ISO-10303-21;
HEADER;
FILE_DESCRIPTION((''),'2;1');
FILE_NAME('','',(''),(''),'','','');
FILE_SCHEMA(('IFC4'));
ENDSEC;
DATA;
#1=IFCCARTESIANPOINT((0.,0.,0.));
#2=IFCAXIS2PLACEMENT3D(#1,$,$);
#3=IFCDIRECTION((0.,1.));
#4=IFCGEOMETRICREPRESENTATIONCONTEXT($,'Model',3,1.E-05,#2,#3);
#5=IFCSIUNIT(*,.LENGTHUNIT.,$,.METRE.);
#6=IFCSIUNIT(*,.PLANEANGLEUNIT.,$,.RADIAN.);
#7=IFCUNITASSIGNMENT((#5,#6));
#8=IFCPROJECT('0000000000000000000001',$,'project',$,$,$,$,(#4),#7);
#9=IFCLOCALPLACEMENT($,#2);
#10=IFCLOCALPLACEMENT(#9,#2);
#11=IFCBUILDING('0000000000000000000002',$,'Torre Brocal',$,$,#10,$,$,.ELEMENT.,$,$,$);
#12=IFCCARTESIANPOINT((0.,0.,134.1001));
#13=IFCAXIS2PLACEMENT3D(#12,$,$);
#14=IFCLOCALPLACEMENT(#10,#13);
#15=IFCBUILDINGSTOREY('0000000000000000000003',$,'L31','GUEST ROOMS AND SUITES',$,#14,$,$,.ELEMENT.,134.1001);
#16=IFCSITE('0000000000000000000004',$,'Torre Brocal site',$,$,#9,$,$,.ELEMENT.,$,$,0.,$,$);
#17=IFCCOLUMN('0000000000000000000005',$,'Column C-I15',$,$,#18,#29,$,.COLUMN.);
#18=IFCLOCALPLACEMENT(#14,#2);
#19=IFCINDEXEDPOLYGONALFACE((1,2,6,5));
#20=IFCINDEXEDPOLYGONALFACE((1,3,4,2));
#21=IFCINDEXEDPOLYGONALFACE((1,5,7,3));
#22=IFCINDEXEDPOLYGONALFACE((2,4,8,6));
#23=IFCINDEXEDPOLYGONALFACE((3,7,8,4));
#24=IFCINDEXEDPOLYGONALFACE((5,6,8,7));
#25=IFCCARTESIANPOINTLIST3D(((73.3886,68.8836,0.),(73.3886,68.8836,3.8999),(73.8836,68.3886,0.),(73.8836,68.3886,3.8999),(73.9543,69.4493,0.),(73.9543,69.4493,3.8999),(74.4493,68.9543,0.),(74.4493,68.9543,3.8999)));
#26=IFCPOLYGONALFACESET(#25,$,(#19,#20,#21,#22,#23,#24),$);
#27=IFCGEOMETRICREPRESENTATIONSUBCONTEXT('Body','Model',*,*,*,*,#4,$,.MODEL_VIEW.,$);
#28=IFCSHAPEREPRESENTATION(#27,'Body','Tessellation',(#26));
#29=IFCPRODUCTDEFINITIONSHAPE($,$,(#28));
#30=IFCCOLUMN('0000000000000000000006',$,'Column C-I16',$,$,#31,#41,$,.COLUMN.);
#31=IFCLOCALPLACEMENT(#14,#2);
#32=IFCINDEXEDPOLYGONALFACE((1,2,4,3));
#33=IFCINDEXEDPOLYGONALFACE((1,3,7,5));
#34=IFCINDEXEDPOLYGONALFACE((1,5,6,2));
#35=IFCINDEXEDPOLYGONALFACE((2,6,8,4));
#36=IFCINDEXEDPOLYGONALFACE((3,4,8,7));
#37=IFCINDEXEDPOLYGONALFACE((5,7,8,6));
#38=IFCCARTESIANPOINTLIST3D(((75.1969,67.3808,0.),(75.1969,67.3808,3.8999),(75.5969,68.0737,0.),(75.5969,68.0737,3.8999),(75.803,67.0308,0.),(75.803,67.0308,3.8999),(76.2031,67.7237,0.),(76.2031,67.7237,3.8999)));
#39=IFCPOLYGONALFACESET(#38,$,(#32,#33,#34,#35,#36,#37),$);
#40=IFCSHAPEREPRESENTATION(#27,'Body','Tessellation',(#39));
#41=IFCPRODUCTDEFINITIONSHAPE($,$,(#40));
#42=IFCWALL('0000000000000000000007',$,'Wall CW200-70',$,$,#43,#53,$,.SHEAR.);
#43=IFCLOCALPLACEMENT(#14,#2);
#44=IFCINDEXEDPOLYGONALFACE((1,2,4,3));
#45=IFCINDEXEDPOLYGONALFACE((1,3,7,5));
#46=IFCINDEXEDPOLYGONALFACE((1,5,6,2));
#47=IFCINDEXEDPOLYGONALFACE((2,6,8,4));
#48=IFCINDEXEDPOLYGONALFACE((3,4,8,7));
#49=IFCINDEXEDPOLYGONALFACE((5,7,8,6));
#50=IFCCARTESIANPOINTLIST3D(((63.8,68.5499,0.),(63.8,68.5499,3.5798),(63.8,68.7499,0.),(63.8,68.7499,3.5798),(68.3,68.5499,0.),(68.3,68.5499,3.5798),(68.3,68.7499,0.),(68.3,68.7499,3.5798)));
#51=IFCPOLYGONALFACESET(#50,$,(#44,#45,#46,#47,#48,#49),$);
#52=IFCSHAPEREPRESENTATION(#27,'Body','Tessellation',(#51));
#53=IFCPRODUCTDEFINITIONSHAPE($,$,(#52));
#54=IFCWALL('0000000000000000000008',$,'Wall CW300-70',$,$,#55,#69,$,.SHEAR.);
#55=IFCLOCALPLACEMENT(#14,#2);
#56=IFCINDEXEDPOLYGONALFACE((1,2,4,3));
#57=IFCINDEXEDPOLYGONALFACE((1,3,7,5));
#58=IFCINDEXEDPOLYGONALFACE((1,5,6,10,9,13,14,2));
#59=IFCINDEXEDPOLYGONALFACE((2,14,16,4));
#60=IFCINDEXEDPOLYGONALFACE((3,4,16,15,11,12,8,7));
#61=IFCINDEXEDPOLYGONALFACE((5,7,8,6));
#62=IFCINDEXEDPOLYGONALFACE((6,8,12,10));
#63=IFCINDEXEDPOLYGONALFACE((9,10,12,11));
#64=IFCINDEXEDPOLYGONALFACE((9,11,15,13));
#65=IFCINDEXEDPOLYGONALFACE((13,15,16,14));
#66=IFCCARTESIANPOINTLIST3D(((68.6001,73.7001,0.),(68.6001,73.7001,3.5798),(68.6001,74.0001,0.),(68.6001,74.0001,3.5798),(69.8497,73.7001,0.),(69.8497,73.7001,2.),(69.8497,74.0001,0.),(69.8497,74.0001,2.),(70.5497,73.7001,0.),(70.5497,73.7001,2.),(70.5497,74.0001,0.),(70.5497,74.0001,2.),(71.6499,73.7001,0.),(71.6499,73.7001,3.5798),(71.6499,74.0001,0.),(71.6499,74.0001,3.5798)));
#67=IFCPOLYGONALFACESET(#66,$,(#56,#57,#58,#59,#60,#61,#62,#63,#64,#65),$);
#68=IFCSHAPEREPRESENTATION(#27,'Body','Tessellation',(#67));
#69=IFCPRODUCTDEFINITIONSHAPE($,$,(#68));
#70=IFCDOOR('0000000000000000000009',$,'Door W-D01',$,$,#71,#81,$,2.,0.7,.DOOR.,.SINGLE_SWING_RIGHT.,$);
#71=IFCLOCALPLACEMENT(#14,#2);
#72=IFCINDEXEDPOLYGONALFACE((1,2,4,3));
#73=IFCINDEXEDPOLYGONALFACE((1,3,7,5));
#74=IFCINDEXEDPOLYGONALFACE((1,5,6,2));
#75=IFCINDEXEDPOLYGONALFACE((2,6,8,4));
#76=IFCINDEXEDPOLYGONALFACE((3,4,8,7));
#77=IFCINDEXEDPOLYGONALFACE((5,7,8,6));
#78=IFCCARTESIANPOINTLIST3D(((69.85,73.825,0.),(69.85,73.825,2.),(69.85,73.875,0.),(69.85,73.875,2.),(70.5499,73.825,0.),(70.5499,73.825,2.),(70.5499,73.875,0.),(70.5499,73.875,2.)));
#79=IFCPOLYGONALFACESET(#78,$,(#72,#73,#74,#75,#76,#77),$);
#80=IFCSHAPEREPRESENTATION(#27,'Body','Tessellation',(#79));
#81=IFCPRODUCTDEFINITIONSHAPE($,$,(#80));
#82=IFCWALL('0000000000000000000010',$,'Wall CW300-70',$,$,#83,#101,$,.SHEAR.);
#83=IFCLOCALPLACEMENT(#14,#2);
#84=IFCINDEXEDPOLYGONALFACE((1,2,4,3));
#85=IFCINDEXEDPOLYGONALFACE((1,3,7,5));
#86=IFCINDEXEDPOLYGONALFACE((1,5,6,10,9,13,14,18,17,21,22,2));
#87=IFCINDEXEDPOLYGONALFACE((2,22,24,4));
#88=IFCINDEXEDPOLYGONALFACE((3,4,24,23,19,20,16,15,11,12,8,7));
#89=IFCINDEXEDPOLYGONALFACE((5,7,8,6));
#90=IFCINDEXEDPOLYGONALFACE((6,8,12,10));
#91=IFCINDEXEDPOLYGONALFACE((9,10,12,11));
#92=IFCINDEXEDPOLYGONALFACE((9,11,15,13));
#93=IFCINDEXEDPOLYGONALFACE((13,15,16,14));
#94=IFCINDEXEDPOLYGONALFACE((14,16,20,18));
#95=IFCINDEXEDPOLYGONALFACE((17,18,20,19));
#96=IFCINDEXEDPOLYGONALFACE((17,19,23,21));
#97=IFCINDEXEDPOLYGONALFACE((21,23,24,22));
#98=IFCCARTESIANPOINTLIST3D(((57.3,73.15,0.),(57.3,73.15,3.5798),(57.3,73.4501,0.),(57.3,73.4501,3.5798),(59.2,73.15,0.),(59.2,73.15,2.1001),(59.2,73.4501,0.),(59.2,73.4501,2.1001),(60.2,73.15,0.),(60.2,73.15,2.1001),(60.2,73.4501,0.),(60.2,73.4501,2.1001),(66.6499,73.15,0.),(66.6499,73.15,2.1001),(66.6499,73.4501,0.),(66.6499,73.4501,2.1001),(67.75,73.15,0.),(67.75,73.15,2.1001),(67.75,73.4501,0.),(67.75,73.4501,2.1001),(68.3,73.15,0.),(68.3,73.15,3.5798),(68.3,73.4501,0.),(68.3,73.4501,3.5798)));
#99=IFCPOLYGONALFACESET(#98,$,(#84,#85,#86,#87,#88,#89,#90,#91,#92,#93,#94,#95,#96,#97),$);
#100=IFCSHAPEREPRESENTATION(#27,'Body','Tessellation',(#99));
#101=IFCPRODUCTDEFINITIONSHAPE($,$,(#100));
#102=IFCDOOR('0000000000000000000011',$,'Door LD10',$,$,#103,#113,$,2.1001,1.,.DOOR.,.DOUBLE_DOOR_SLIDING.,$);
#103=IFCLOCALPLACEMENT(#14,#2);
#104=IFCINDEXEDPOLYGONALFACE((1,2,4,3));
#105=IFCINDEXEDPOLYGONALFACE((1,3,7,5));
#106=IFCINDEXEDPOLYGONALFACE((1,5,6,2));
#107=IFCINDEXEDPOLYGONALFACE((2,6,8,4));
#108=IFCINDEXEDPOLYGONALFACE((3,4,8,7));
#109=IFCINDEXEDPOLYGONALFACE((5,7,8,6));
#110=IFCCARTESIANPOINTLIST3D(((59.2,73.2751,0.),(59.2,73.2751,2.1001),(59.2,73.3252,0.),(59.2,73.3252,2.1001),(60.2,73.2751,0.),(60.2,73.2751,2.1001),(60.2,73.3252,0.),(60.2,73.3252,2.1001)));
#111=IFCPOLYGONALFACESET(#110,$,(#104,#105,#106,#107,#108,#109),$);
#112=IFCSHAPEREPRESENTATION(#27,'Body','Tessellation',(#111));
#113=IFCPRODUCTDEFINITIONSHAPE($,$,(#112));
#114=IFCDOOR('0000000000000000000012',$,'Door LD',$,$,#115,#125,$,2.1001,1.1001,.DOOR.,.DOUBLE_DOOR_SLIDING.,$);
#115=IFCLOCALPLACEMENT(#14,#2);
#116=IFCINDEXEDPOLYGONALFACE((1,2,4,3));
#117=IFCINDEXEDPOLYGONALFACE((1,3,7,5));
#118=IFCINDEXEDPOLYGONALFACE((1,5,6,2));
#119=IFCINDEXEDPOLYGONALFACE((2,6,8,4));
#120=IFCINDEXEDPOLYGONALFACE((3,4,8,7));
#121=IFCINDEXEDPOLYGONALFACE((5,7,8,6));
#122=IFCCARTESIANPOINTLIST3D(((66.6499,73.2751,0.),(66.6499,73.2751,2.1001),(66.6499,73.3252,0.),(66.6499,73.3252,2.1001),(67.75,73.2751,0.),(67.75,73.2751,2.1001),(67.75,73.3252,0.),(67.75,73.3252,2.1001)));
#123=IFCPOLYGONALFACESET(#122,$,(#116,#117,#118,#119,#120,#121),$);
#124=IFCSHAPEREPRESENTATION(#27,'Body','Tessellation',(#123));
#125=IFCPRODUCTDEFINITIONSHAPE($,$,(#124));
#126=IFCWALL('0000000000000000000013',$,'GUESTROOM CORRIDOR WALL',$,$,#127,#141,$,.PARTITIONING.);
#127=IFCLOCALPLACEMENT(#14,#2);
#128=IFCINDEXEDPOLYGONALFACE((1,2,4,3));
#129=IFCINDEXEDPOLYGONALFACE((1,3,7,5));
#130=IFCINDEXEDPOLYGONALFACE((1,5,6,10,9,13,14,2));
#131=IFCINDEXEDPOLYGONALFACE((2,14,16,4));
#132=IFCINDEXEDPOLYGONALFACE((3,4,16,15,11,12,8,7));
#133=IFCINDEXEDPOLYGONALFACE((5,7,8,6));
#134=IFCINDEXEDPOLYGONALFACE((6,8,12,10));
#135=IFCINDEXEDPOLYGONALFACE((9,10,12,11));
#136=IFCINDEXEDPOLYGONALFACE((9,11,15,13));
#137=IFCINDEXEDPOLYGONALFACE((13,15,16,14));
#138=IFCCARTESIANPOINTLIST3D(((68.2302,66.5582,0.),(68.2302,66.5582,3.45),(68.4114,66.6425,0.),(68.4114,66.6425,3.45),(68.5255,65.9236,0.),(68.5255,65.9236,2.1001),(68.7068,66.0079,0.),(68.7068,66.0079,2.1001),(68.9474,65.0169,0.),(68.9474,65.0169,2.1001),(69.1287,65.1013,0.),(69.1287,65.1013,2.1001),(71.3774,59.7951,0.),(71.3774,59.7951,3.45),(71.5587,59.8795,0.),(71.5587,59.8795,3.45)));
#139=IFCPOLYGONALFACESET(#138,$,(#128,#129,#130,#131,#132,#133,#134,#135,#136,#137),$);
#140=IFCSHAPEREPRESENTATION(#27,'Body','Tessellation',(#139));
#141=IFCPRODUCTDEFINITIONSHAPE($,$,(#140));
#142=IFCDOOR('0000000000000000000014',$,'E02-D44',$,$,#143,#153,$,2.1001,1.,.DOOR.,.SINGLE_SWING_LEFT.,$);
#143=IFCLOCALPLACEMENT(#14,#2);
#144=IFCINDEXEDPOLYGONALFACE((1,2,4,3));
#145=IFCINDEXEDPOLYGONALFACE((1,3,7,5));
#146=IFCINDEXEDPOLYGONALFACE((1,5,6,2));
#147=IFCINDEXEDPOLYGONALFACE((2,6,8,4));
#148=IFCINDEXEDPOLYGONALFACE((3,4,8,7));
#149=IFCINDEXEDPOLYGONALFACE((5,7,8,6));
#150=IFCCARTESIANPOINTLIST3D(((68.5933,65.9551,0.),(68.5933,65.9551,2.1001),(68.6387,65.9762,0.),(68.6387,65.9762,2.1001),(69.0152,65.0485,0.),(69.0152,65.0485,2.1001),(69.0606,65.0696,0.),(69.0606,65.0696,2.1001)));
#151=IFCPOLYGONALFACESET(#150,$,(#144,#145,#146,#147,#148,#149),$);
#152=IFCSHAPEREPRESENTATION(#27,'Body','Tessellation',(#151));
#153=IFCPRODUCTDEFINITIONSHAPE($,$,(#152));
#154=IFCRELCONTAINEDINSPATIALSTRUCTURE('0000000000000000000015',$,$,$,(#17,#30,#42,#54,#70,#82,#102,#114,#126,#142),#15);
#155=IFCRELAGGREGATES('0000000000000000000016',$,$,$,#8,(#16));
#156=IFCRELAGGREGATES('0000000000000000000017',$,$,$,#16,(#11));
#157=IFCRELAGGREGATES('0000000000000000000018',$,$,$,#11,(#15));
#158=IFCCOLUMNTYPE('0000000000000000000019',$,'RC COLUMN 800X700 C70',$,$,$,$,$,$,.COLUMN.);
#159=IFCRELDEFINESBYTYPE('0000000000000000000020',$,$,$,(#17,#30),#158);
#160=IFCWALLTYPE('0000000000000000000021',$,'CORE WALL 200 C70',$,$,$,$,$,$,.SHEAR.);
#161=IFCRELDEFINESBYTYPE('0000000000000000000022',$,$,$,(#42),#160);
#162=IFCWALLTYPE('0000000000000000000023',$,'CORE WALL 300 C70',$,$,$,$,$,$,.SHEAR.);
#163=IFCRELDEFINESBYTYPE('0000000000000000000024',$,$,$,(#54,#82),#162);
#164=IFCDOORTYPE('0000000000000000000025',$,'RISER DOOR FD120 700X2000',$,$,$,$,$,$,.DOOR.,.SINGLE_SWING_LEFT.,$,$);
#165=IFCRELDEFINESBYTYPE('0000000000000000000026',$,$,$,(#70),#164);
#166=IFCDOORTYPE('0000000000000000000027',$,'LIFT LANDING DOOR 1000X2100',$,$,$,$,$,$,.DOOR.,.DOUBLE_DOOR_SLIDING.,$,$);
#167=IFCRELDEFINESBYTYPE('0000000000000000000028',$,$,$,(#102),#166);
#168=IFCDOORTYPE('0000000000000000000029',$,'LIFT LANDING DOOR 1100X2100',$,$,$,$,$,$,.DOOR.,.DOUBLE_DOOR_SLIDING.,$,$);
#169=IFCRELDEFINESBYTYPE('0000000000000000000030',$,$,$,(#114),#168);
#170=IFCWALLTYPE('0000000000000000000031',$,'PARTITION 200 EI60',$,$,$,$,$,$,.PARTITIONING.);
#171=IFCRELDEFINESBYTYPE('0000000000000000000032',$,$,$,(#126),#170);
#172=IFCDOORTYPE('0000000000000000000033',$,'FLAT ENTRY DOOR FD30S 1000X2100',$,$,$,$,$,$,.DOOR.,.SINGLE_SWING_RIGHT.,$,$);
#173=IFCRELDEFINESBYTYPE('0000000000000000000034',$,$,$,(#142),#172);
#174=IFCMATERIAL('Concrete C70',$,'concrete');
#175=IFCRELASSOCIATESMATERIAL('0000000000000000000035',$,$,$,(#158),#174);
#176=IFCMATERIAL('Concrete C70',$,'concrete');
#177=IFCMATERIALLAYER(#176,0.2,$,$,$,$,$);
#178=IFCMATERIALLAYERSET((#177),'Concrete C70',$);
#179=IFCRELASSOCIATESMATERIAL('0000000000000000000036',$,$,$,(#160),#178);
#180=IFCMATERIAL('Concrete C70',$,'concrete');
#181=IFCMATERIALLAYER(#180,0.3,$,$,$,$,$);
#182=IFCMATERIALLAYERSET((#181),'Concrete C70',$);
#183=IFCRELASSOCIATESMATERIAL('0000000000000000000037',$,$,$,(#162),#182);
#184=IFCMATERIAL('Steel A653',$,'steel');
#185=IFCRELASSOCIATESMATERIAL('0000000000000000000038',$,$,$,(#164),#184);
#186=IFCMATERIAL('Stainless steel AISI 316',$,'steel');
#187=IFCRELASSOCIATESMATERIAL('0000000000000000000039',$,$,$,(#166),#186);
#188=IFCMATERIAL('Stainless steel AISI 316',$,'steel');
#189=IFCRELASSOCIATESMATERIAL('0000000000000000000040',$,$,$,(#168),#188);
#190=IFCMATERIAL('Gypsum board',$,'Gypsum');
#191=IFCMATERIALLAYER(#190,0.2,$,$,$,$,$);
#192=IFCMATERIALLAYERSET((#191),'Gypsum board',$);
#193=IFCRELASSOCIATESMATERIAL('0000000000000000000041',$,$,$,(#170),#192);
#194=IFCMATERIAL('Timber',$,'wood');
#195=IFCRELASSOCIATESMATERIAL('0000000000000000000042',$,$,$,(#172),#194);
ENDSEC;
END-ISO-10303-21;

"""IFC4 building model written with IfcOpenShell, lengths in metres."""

from ifc_helpers import new_model, si_unit, direction, frame, frame_2d, origin, origin_2d, place, context, subcontext, project, spatial, rectangle, extrude, material, layer, layer_set, material_profile, profile_set, type_object, element, fill, save


model = new_model("IFC4")

# Units and contexts
model_context = context("Model", 3, precision=1e-05, world=origin(), true_north=direction((0.0, 1.0)))
body_context = subcontext(model_context, "Body", "Model", "MODEL_VIEW")
ifc_project = project(units=[si_unit("LENGTHUNIT", "METRE"), si_unit("PLANEANGLEUNIT", "RADIAN")], contexts=[model_context])

# Site, building, storey
site_placement = place(None, origin())
site = spatial("IfcSite", under=ifc_project, at=site_placement, Name="Torre Brocal site", CompositionType="ELEMENT", RefElevation=0.0)
building_placement = place(site_placement, origin())
building = spatial("IfcBuilding", under=site, at=building_placement, Name="Torre Brocal", CompositionType="ELEMENT")
storey_placement = place(building_placement, frame((0.0, 0.0, 134.1001)))
storey = spatial("IfcBuildingStorey", under=building, at=storey_placement, Name="L31", Description="GUEST ROOMS AND SUITES", CompositionType="ELEMENT", Elevation=134.1001)

# Columns
ifc_material_1 = material(Name="Concrete C70", Category="concrete")
ifc_material_profile = material_profile(ifc_material_1, rectangle(XDim=0.8, YDim=0.7, at=origin_2d()), Name="RC 800X700")
ifc_profile_set = profile_set([ifc_material_profile], Name="Concrete C70")
column_type = type_object("IfcColumnType", Name="RC COLUMN 800X700 C70", PredefinedType="COLUMN", material=ifc_profile_set)
for number, where, z_axis, x_axis, name in (
    (1, (73.9189, 68.9189, 0.0), (0.0, 0.0, 1.0), (-0.707107, -0.707107, 0.0), "Column C-I15"),
    (2, (75.7, 67.5522, 0.0), (0.0, 0.0, 1.0), (-0.5, -0.866025, 0.0), "Column C-I16"),
):
    element("IfcColumn", number, at=place(storey_placement, frame(where, z_axis=z_axis, x_axis=x_axis)), inside=storey, type_object=column_type, Name=name, PredefinedType="COLUMN", context=body_context, shape_type="SweptSolid", body=[
        extrude(rectangle(XDim=0.8, YDim=0.7, at=origin_2d()), origin(), (0.0, 0.0, 1.0), 3.8999),
    ])

# Wall
ifc_material_2 = material(Name="Concrete C70", Category="concrete")
ifc_layer_1 = layer(ifc_material_2, 0.2)
ifc_layer_set_1 = layer_set([ifc_layer_1], Name="Concrete C70")
wall_type_1 = type_object("IfcWallType", Name="CORE WALL 200 C70", PredefinedType="SHEAR", material=ifc_layer_set_1)
wall_1_placement = place(storey_placement, frame((68.3, 68.6499, 0.0), z_axis=(0.0, 0.0, 1.0), x_axis=(-1.0, 0.0, 0.0)))
element("IfcWall", 3, at=wall_1_placement, inside=storey, type_object=wall_type_1, Name="Wall CW200-70", PredefinedType="SHEAR", context=body_context, shape_type="SweptSolid", body=[
    extrude(rectangle(XDim=4.5, YDim=0.2, at=frame_2d((2.25, 0.0))), origin(), (0.0, 0.0, 1.0), 3.5798),
])

# Wall, opening, door
ifc_material_3 = material(Name="Concrete C70", Category="concrete")
ifc_layer_2 = layer(ifc_material_3, 0.3)
ifc_layer_set_2 = layer_set([ifc_layer_2], Name="Concrete C70")
wall_type_2 = type_object("IfcWallType", Name="CORE WALL 300 C70", PredefinedType="SHEAR", material=ifc_layer_set_2)
wall_2_placement = place(storey_placement, frame((71.6499, 73.8501, 0.0), z_axis=(0.0, 0.0, 1.0), x_axis=(-1.0, 0.0, 0.0)))
wall_2 = element("IfcWall", 4, at=wall_2_placement, inside=storey, type_object=wall_type_2, Name="Wall CW300-70", PredefinedType="SHEAR", context=body_context, shape_type="SweptSolid", body=[
    extrude(rectangle(XDim=3.0498, YDim=0.3, at=frame_2d((1.5249, 0.0))), origin(), (0.0, 0.0, 1.0), 3.5798),
])
opening_1_placement = place(wall_2_placement, frame((1.1001, 0.0, 0.0)))
opening_1 = element("IfcOpeningElement", 5, at=opening_1_placement, cuts=wall_2, PredefinedType="OPENING", context=body_context, shape_type="SweptSolid", body=[
    extrude(rectangle(XDim=0.7, YDim=2.0, at=frame_2d((0.3501, 1.0))), frame((0.0, 0.1599, 0.0), z_axis=(0.0, -1.0, 0.0), x_axis=(1.0, 0.0, 0.0)), (0.0, 0.0, 1.0), 0.3201),
])
ifc_material_4 = material(Name="Steel A653", Category="steel")
door_type_1 = type_object("IfcDoorType", Name="RISER DOOR FD120 700X2000", OperationType="SINGLE_SWING_LEFT", PredefinedType="DOOR", material=ifc_material_4)
door_1_placement = place(opening_1_placement, frame((0.7, 0.0, 0.0), z_axis=(0.0, 0.0, 1.0), x_axis=(-1.0, 0.0, 0.0)))
door_1 = element("IfcDoor", 6, at=door_1_placement, inside=storey, type_object=door_type_1, Name="Door W-D01", OperationType="SINGLE_SWING_RIGHT", OverallHeight=2.0, OverallWidth=0.7, PredefinedType="DOOR", context=body_context, shape_type="SweptSolid", body=[
    extrude(rectangle(XDim=0.7, YDim=2.0, at=frame_2d((0.3501, 1.0))), frame((0.0, 0.0249, 0.0), z_axis=(0.0, -1.0, 0.0), x_axis=(1.0, 0.0, 0.0)), (0.0, 0.0, 1.0), 0.05),
])
fill(opening_1, door_1)

# Wall, openings, doors
wall_3_placement = place(storey_placement, frame((68.3, 73.3, 0.0), z_axis=(0.0, 0.0, 1.0), x_axis=(-1.0, 0.0, 0.0)))
wall_3 = element("IfcWall", 7, at=wall_3_placement, inside=storey, type_object=wall_type_2, Name="Wall CW300-70", PredefinedType="SHEAR", context=body_context, shape_type="SweptSolid", body=[
    extrude(rectangle(XDim=11.0, YDim=0.3, at=frame_2d((5.5, 0.0))), origin(), (0.0, 0.0, 1.0), 3.5798),
])
opening_2_placement = place(wall_3_placement, frame((0.55, 0.0, 0.0)))
opening_2 = element("IfcOpeningElement", 8, at=opening_2_placement, cuts=wall_3, PredefinedType="OPENING", context=body_context, shape_type="SweptSolid", body=[
    extrude(rectangle(XDim=1.1001, YDim=2.1001, at=frame_2d((0.55, 1.05))), frame((0.0, 0.1599, 0.0), z_axis=(0.0, -1.0, 0.0), x_axis=(1.0, 0.0, 0.0)), (0.0, 0.0, 1.0), 0.3201),
])
opening_3_placement = place(wall_3_placement, frame((8.1001, 0.0, 0.0)))
opening_3 = element("IfcOpeningElement", 9, at=opening_3_placement, cuts=wall_3, PredefinedType="OPENING", context=body_context, shape_type="SweptSolid", body=[
    extrude(rectangle(XDim=1.0, YDim=2.1001, at=frame_2d((0.5, 1.05))), frame((0.0, 0.1599, 0.0), z_axis=(0.0, -1.0, 0.0), x_axis=(1.0, 0.0, 0.0)), (0.0, 0.0, 1.0), 0.3201),
])
ifc_material_5 = material(Name="Stainless steel AISI 316", Category="steel")
door_type_2 = type_object("IfcDoorType", Name="LIFT LANDING DOOR 1000X2100", OperationType="DOUBLE_DOOR_SLIDING", PredefinedType="DOOR", material=ifc_material_5)
door_2_placement = place(opening_3_placement, origin())
door_2 = element("IfcDoor", 10, at=door_2_placement, inside=storey, type_object=door_type_2, Name="Door LD10", OperationType="DOUBLE_DOOR_SLIDING", OverallHeight=2.1001, OverallWidth=1.0, PredefinedType="DOOR", context=body_context, shape_type="SweptSolid", body=[
    extrude(rectangle(XDim=1.0, YDim=2.1001, at=frame_2d((0.5, 1.05))), frame((0.0, 0.0249, 0.0), z_axis=(0.0, -1.0, 0.0), x_axis=(1.0, 0.0, 0.0)), (0.0, 0.0, 1.0), 0.05),
])
fill(opening_3, door_2)
ifc_material_6 = material(Name="Stainless steel AISI 316", Category="steel")
door_type_3 = type_object("IfcDoorType", Name="LIFT LANDING DOOR 1100X2100", OperationType="DOUBLE_DOOR_SLIDING", PredefinedType="DOOR", material=ifc_material_6)
door_3_placement = place(opening_2_placement, origin())
door_3 = element("IfcDoor", 11, at=door_3_placement, inside=storey, type_object=door_type_3, Name="Door LD", OperationType="DOUBLE_DOOR_SLIDING", OverallHeight=2.1001, OverallWidth=1.1001, PredefinedType="DOOR", context=body_context, shape_type="SweptSolid", body=[
    extrude(rectangle(XDim=1.1001, YDim=2.1001, at=frame_2d((0.55, 1.05))), frame((0.0, 0.0249, 0.0), z_axis=(0.0, -1.0, 0.0), x_axis=(1.0, 0.0, 0.0)), (0.0, 0.0, 1.0), 0.05),
])
fill(opening_2, door_3)

# Wall, opening, door
ifc_material_7 = material(Name="Gypsum board", Category="Gypsum")
ifc_layer_3 = layer(ifc_material_7, 0.2)
ifc_layer_set_3 = layer_set([ifc_layer_3], Name="Gypsum board")
wall_type_3 = type_object("IfcWallType", Name="PARTITION 200 EI60", PredefinedType="PARTITIONING", material=ifc_layer_set_3)
wall_4_placement = place(storey_placement, frame((68.3208, 66.6003, 0.0), z_axis=(0.0, 0.0, 1.0), x_axis=(0.421914, -0.906636, 0.0)))
wall_4 = element("IfcWall", 12, at=wall_4_placement, inside=storey, type_object=wall_type_3, Name="GUESTROOM CORRIDOR WALL", PredefinedType="PARTITIONING", context=body_context, shape_type="SweptSolid", body=[
    extrude(rectangle(XDim=7.4595, YDim=0.2, at=frame_2d((3.7297, 0.0))), origin(), (0.0, 0.0, 1.0), 3.45),
])
opening_4_placement = place(wall_4_placement, frame((0.7, 0.0, 0.0)))
opening_4 = element("IfcOpeningElement", 13, at=opening_4_placement, cuts=wall_4, PredefinedType="OPENING", context=body_context, shape_type="SweptSolid", body=[
    extrude(rectangle(XDim=1.0, YDim=2.1001, at=frame_2d((0.5, 1.05))), frame((0.0, 0.1099, 0.0), z_axis=(0.0, -1.0, 0.0), x_axis=(1.0, 0.0, 0.0)), (0.0, 0.0, 1.0), 0.22),
])
ifc_material_8 = material(Name="Timber", Category="wood")
door_type_4 = type_object("IfcDoorType", Name="FLAT ENTRY DOOR FD30S 1000X2100", OperationType="SINGLE_SWING_RIGHT", PredefinedType="DOOR", material=ifc_material_8)
door_4_placement = place(opening_4_placement, origin())
door_4 = element("IfcDoor", 14, at=door_4_placement, inside=storey, type_object=door_type_4, Name="E02-D44", OperationType="SINGLE_SWING_LEFT", OverallHeight=2.1001, OverallWidth=1.0, PredefinedType="DOOR", context=body_context, shape_type="SweptSolid", body=[
    extrude(rectangle(XDim=1.0, YDim=2.1001, at=frame_2d((0.5, 1.05))), frame((0.0, 0.0249, 0.0), z_axis=(0.0, -1.0, 0.0), x_axis=(1.0, 0.0, 0.0)), (0.0, 0.0, 1.0), 0.05),
])
fill(opening_4, door_4)

save(model, "model.ifc")
